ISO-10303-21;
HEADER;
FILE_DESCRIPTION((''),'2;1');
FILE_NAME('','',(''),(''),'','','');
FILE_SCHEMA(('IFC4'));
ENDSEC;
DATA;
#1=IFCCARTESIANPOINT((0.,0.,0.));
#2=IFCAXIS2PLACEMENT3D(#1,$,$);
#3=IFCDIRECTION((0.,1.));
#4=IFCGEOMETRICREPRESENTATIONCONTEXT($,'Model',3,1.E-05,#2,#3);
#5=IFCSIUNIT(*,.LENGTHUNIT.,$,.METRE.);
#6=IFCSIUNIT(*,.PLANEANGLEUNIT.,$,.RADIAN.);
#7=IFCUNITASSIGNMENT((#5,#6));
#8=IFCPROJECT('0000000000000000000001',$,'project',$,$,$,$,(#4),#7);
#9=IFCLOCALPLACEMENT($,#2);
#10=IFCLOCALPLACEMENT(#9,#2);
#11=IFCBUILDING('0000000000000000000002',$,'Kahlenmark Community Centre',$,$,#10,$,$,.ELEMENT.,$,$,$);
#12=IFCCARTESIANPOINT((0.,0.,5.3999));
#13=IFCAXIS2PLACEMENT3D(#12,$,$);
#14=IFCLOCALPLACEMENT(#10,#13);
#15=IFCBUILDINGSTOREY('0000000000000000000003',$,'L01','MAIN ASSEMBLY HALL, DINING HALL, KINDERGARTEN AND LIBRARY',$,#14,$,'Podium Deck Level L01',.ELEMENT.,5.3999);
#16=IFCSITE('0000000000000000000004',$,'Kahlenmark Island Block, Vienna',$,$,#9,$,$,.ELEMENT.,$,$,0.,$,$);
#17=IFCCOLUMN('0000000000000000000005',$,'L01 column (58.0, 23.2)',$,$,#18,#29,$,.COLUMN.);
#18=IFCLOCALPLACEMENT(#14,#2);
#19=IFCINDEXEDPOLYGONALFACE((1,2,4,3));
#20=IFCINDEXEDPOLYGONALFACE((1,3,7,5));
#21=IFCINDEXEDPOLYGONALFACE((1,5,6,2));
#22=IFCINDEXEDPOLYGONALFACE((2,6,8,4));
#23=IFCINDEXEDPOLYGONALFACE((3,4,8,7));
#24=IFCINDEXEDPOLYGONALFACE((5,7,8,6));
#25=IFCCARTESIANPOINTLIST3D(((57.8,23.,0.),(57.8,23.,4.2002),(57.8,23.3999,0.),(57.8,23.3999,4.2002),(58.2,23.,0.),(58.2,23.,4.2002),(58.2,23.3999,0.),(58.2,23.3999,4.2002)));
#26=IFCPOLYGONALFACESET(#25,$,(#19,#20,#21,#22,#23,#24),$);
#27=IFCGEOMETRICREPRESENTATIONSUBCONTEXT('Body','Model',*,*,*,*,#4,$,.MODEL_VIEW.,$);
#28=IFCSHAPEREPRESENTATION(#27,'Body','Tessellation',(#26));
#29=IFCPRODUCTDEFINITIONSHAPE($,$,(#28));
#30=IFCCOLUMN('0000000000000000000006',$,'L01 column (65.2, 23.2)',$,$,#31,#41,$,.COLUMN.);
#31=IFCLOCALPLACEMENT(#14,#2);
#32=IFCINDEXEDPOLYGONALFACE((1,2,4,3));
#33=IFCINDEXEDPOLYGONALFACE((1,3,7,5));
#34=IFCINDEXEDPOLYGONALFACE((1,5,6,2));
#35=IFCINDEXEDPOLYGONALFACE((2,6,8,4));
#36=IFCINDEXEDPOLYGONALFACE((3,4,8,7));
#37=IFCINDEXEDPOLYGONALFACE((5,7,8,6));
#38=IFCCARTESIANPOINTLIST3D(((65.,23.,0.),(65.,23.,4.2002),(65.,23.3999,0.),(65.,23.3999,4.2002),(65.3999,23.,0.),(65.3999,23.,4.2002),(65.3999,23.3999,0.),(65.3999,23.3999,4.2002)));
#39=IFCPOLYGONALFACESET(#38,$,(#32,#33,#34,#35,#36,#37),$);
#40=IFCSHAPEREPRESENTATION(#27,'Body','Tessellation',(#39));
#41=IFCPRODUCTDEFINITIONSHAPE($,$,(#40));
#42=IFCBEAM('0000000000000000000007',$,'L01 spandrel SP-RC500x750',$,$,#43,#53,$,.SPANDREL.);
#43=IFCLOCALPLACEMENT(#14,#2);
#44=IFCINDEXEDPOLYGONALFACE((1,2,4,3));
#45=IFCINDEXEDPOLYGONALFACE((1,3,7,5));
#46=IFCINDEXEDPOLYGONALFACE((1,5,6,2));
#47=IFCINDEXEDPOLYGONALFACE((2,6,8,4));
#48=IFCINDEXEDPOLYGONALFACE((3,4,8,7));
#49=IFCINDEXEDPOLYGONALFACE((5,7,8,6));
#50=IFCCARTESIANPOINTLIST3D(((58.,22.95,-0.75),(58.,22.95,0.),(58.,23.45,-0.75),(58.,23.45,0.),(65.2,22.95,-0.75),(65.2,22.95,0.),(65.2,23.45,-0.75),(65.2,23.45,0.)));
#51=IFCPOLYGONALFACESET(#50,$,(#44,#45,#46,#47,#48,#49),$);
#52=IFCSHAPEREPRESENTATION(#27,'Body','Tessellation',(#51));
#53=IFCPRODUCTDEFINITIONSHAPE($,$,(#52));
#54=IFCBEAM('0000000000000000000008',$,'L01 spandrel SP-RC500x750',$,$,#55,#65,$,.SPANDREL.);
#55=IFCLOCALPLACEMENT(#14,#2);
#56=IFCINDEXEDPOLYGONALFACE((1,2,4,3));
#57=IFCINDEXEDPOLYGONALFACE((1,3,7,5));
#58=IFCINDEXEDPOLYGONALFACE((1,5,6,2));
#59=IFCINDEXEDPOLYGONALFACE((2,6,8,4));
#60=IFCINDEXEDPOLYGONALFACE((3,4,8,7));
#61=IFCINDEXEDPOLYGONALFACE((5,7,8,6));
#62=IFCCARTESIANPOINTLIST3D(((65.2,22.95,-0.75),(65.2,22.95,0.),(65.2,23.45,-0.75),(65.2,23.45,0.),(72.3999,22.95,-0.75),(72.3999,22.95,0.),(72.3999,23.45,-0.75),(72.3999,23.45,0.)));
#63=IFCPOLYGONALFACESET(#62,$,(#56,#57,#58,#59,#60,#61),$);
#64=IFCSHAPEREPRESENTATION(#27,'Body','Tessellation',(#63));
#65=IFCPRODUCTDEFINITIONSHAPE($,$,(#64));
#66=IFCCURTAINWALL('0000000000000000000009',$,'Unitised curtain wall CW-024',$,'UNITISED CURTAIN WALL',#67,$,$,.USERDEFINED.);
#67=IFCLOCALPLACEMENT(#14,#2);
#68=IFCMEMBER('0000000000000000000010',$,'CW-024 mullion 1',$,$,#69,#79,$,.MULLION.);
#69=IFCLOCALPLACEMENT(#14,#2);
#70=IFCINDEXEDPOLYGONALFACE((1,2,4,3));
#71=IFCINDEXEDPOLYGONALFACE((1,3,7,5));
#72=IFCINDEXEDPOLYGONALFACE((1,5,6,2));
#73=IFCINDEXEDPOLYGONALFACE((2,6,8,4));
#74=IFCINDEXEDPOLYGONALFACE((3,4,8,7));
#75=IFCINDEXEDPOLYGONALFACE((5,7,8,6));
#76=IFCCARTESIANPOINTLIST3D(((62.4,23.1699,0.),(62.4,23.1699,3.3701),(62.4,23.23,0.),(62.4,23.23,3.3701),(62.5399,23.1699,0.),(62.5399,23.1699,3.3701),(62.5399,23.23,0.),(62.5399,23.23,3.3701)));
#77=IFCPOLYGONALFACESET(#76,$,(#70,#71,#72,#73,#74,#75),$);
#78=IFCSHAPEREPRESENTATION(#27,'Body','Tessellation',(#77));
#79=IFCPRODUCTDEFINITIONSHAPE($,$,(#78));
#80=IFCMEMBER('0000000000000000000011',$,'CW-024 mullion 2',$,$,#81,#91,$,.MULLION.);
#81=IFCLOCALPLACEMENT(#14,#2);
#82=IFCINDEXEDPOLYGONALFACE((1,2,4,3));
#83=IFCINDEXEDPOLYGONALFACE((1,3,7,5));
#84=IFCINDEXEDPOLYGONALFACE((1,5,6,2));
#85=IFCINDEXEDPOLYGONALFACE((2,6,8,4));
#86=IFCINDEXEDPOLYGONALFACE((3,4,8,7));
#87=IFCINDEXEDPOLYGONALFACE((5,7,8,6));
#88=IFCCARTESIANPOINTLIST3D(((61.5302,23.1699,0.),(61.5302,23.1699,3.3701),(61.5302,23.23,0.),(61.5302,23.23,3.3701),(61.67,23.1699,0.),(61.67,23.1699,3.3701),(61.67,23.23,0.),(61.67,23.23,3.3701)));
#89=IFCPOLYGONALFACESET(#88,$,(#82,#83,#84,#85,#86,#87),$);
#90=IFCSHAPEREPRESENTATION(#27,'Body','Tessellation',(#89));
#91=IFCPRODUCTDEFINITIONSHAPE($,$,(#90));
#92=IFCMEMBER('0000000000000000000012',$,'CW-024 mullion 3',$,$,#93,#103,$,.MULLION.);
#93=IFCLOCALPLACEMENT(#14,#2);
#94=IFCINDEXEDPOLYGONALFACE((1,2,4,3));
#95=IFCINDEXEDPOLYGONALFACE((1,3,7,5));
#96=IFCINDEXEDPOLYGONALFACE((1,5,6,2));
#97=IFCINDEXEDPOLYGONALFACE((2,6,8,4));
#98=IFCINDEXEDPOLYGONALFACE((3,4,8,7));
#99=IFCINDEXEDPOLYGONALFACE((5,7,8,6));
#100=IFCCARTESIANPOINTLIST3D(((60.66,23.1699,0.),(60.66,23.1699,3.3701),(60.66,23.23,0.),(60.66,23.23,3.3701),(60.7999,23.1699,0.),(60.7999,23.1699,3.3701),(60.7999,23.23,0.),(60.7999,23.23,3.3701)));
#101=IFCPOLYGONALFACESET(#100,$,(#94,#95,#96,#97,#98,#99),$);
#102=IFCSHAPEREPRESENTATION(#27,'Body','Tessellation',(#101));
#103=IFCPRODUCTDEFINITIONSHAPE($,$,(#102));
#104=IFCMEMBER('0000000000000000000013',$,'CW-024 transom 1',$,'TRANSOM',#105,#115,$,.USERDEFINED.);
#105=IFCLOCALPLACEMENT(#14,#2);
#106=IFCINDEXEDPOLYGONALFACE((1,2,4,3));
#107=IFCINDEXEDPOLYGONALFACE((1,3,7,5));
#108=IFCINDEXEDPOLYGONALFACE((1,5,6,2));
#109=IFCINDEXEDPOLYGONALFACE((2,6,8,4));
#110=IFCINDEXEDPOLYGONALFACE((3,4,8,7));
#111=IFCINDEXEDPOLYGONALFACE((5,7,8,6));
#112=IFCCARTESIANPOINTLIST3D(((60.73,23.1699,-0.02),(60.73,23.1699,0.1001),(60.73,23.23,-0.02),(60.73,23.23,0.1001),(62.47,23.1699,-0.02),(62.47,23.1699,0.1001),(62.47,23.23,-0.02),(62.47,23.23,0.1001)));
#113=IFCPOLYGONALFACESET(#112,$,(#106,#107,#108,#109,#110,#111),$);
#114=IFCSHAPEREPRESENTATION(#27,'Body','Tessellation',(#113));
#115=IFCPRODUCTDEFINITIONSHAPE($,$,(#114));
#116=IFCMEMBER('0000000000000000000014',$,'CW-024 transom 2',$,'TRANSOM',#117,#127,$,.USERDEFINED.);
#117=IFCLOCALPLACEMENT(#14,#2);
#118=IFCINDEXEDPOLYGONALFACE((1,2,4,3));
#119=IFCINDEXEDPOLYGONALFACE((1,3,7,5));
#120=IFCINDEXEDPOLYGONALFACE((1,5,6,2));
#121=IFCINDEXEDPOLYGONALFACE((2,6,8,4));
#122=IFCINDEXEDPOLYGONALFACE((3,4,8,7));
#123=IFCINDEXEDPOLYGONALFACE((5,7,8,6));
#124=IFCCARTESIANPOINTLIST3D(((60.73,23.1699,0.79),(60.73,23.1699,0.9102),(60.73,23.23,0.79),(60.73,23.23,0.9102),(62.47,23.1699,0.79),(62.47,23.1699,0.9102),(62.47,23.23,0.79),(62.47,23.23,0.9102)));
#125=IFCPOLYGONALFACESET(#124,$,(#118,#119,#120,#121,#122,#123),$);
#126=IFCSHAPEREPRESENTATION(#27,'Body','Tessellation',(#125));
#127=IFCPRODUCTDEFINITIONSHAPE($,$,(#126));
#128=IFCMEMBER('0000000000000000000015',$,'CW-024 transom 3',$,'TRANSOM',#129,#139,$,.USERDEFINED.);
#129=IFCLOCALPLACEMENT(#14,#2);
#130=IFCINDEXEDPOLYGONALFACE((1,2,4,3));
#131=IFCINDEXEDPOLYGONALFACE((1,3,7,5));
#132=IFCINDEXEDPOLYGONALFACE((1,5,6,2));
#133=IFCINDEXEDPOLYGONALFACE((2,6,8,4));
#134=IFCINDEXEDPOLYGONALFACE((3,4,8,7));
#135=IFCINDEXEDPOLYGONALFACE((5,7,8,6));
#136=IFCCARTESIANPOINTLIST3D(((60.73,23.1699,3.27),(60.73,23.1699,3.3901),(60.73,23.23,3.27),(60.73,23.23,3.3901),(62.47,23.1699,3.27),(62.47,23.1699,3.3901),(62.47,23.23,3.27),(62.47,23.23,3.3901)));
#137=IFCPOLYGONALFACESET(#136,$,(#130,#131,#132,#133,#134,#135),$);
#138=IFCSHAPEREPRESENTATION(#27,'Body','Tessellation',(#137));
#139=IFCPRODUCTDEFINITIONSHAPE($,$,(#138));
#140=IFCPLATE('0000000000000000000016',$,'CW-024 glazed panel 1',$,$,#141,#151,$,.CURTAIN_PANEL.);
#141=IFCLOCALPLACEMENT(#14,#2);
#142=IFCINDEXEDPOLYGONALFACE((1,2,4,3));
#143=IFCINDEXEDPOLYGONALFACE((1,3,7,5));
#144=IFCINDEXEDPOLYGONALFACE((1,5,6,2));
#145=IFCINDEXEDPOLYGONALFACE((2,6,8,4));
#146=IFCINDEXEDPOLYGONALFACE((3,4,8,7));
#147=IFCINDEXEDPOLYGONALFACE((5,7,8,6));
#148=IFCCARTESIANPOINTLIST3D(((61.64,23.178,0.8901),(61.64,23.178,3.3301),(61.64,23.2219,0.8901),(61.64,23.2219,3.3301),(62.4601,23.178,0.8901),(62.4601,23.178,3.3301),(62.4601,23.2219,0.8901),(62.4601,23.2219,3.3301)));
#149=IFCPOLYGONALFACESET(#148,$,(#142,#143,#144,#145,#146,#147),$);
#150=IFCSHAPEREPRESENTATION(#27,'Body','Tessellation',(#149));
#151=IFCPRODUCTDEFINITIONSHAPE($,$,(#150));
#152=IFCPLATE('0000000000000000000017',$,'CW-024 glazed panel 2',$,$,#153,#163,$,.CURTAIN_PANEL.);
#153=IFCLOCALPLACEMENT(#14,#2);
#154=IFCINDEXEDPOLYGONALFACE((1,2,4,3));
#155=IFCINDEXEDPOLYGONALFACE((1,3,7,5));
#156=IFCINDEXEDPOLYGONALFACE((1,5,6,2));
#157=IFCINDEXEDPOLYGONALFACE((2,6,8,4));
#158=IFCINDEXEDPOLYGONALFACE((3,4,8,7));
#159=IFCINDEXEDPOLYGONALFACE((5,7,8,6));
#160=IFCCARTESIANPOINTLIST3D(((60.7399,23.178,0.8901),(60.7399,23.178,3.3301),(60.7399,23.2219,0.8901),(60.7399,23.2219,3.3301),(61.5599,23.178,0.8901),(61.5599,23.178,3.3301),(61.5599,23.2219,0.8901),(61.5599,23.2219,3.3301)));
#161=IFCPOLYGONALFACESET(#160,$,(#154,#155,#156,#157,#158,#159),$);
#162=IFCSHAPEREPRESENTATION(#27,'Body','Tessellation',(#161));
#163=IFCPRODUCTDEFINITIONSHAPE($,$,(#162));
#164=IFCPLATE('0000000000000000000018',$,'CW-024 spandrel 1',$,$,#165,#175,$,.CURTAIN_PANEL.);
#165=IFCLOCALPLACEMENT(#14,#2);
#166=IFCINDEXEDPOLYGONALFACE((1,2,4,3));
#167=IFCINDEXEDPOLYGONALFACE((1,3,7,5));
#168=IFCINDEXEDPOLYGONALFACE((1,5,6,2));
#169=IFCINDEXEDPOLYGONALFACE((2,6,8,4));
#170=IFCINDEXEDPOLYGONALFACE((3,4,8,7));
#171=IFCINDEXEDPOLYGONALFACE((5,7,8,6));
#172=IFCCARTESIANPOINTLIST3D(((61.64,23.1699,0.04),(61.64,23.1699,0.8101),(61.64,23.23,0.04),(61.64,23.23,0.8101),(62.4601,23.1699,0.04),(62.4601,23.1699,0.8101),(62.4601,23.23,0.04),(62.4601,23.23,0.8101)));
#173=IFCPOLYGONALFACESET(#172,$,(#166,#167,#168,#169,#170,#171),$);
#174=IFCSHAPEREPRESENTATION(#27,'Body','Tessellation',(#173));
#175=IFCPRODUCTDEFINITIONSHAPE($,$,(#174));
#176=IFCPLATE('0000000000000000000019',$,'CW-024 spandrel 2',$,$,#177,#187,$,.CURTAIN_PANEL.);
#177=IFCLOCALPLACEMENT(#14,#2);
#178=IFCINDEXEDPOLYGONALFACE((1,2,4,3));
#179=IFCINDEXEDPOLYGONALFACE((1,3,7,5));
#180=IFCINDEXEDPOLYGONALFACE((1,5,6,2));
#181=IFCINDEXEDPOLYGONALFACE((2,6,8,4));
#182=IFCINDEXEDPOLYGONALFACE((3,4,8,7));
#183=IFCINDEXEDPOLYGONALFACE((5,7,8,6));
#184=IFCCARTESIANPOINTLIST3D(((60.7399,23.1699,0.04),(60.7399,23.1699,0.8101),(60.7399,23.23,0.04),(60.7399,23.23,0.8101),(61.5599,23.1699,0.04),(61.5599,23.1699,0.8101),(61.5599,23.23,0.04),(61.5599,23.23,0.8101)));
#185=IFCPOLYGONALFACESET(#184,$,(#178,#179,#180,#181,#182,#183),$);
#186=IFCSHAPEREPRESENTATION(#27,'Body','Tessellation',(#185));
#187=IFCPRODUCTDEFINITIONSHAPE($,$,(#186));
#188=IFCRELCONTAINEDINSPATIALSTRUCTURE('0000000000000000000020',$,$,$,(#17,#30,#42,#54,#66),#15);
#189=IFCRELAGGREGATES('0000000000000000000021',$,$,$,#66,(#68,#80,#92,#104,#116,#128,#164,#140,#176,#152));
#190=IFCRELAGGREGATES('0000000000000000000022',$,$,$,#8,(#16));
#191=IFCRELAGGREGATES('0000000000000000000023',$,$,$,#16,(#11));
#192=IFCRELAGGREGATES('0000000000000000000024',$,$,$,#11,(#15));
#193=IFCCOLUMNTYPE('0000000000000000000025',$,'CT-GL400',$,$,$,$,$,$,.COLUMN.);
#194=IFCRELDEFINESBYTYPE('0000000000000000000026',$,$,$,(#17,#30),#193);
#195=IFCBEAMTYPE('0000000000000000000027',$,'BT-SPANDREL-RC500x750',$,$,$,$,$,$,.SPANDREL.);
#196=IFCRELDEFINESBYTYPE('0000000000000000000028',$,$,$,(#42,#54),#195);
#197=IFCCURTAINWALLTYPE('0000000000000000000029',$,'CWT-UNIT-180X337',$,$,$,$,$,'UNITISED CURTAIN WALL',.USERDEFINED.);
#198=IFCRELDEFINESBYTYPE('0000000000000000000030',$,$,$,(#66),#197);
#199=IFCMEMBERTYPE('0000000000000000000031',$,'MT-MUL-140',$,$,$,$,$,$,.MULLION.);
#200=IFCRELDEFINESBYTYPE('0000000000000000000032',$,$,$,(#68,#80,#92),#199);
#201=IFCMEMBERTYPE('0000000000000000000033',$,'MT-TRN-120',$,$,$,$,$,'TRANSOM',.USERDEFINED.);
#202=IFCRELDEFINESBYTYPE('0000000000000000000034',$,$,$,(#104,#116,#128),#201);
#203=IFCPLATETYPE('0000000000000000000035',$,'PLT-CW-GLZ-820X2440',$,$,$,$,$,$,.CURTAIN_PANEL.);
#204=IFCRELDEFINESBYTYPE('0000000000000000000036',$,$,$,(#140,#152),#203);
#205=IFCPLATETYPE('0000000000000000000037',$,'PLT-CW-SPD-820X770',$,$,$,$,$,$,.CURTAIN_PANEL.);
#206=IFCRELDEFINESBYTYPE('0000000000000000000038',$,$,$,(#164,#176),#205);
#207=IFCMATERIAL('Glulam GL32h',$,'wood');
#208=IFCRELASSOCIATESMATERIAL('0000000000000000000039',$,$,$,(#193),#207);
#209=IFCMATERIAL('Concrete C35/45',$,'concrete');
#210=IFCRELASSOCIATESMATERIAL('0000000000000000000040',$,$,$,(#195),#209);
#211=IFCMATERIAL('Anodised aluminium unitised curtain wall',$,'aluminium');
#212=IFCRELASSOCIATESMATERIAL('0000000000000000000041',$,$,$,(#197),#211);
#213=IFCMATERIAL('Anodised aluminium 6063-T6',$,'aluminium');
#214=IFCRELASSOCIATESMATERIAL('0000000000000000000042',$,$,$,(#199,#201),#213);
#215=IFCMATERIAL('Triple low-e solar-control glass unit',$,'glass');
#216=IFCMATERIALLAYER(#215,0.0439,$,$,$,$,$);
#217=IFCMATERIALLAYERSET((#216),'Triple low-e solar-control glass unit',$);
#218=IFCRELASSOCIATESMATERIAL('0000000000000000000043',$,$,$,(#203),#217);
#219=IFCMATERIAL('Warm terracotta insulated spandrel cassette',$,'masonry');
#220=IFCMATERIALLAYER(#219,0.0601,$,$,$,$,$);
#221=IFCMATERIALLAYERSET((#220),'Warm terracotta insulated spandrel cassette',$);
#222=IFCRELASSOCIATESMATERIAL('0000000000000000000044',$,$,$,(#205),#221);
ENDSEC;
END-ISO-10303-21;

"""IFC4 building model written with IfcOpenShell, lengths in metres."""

from ifc_helpers import new_model, si_unit, direction, frame, origin, origin_2d, place, context, subcontext, project, spatial, rectangle, extrude, material, layer, layer_set, material_profile, profile_set, type_object, element, aggregate, save


model = new_model("IFC4")

# Units and contexts
model_context = context("Model", 3, precision=1e-05, world=origin(), true_north=direction((0.0, 1.0)))
body_context = subcontext(model_context, "Body", "Model", "MODEL_VIEW")
ifc_project = project(units=[si_unit("LENGTHUNIT", "METRE"), si_unit("PLANEANGLEUNIT", "RADIAN")], contexts=[model_context])

# Site, building, storey
site_placement = place(None, origin())
site = spatial("IfcSite", under=ifc_project, at=site_placement, Name="Kahlenmark Island Block, Vienna", CompositionType="ELEMENT", RefElevation=0.0)
building_placement = place(site_placement, origin())
building = spatial("IfcBuilding", under=site, at=building_placement, Name="Kahlenmark Community Centre", CompositionType="ELEMENT")
storey_placement = place(building_placement, frame((0.0, 0.0, 5.3999)))
storey = spatial("IfcBuildingStorey", under=building, at=storey_placement, Name="L01", Description="MAIN ASSEMBLY HALL, DINING HALL, KINDERGARTEN AND LIBRARY", LongName="Podium Deck Level L01", CompositionType="ELEMENT", Elevation=5.3999)

# Columns
ifc_material_1 = material(Name="Glulam GL32h", Category="wood")
ifc_material_profile_1 = material_profile(ifc_material_1, rectangle(XDim=0.3999, YDim=0.3999, at=origin_2d()), Name="GL32h 400x400")
ifc_profile_set_1 = profile_set([ifc_material_profile_1], Name="Glulam GL32h")
column_type = type_object("IfcColumnType", Name="CT-GL400", PredefinedType="COLUMN", material=ifc_profile_set_1)
for number, where, z_axis, x_axis, name in (
    (1, (58.0, 23.2, 0.0), (0.0, 0.0, 1.0), (1.0, 0.0, 0.0), "L01 column (58.0, 23.2)"),
    (2, (65.2, 23.2, 0.0), (0.0, 0.0, 1.0), (1.0, 0.0, 0.0), "L01 column (65.2, 23.2)"),
):
    element("IfcColumn", number, at=place(storey_placement, frame(where, z_axis=z_axis, x_axis=x_axis)), inside=storey, type_object=column_type, Name=name, PredefinedType="COLUMN", context=body_context, shape_type="SweptSolid", body=[
        extrude(rectangle(XDim=0.3999, YDim=0.3999, at=origin_2d()), origin(), (0.0, 0.0, 1.0), 4.2002),
    ])

# Beams
ifc_material_2 = material(Name="Concrete C35/45", Category="concrete")
ifc_material_profile_2 = material_profile(ifc_material_2, rectangle(XDim=0.5, YDim=0.75, at=origin_2d()), Name="RC 500x750")
ifc_profile_set_2 = profile_set([ifc_material_profile_2], Name="Concrete C35/45")
beam_type = type_object("IfcBeamType", Name="BT-SPANDREL-RC500x750", PredefinedType="SPANDREL", material=ifc_profile_set_2)
for number, where, z_axis, x_axis, name in (
    (3, (58.0, 23.2, -0.375), (1.0, 0.0, 0.0), (0.0, 1.0, 0.0), "L01 spandrel SP-RC500x750"),
    (4, (65.2, 23.2, -0.375), (1.0, 0.0, 0.0), (0.0, 1.0, 0.0), "L01 spandrel SP-RC500x750"),
):
    element("IfcBeam", number, at=place(storey_placement, frame(where, z_axis=z_axis, x_axis=x_axis)), inside=storey, type_object=beam_type, Name=name, PredefinedType="SPANDREL", context=body_context, shape_type="SweptSolid", body=[
        extrude(rectangle(XDim=0.5, YDim=0.75, at=origin_2d()), origin(), (0.0, 0.0, 1.0), 7.2),
    ])

# Curtain wall, members, plates
ifc_material_3 = material(Name="Anodised aluminium unitised curtain wall", Category="aluminium")
curtain_wall_type = type_object("IfcCurtainWallType", Name="CWT-UNIT-180X337", ElementType="UNITISED CURTAIN WALL", PredefinedType="USERDEFINED", material=ifc_material_3)
curtain_wall_placement = place(storey_placement, origin())
curtain_wall = element("IfcCurtainWall", 5, at=curtain_wall_placement, inside=storey, type_object=curtain_wall_type, Name="Unitised curtain wall CW-024", ObjectType="UNITISED CURTAIN WALL", PredefinedType="USERDEFINED")
ifc_material_4 = material(Name="Anodised aluminium 6063-T6", Category="aluminium")
ifc_material_profile_3 = material_profile(ifc_material_4, rectangle(XDim=0.0601, YDim=0.1399, at=origin_2d()), Name="ALU MULLION 60x140")
ifc_profile_set_3 = profile_set([ifc_material_profile_3], Name="Anodised aluminium 6063-T6")
member_type_1 = type_object("IfcMemberType", Name="MT-MUL-140", PredefinedType="MULLION", material=ifc_profile_set_3)
member_1_placement = place(storey_placement, frame((62.47, 23.2, 0.0), z_axis=(0.0, 0.0, 1.0), x_axis=(0.0, -1.0, 0.0)))
member_1 = element("IfcMember", 6, at=member_1_placement, type_object=member_type_1, Name="CW-024 mullion 1", PredefinedType="MULLION", context=body_context, shape_type="SweptSolid", body=[
    extrude(rectangle(XDim=0.0601, YDim=0.1399, at=origin_2d()), origin(), (0.0, 0.0, 1.0), 3.3701),
])
member_2_placement = place(storey_placement, frame((61.6001, 23.2, 0.0), z_axis=(0.0, 0.0, 1.0), x_axis=(0.0, -1.0, 0.0)))
member_2 = element("IfcMember", 7, at=member_2_placement, type_object=member_type_1, Name="CW-024 mullion 2", PredefinedType="MULLION", context=body_context, shape_type="SweptSolid", body=[
    extrude(rectangle(XDim=0.0601, YDim=0.1399, at=origin_2d()), origin(), (0.0, 0.0, 1.0), 3.3701),
])
member_3_placement = place(storey_placement, frame((60.73, 23.2, 0.0), z_axis=(0.0, 0.0, 1.0), x_axis=(0.0, -1.0, 0.0)))
member_3 = element("IfcMember", 8, at=member_3_placement, type_object=member_type_1, Name="CW-024 mullion 3", PredefinedType="MULLION", context=body_context, shape_type="SweptSolid", body=[
    extrude(rectangle(XDim=0.0601, YDim=0.1399, at=origin_2d()), origin(), (0.0, 0.0, 1.0), 3.3701),
])
ifc_material_profile_4 = material_profile(ifc_material_4, rectangle(XDim=0.0601, YDim=0.1201, at=origin_2d()), Name="ALU TRANSOM 60x120")
ifc_profile_set_4 = profile_set([ifc_material_profile_4], Name="Anodised aluminium 6063-T6")
member_type_2 = type_object("IfcMemberType", Name="MT-TRN-120", ElementType="TRANSOM", PredefinedType="USERDEFINED", material=ifc_profile_set_4)
member_4_placement = place(storey_placement, frame((62.47, 23.2, 0.04), z_axis=(-1.0, 0.0, 0.0), x_axis=(0.0, -1.0, 0.0)))
member_4 = element("IfcMember", 9, at=member_4_placement, type_object=member_type_2, Name="CW-024 transom 1", ObjectType="TRANSOM", PredefinedType="USERDEFINED", context=body_context, shape_type="SweptSolid", body=[
    extrude(rectangle(XDim=0.0601, YDim=0.1201, at=origin_2d()), origin(), (0.0, 0.0, 1.0), 1.74),
])
member_5_placement = place(storey_placement, frame((62.47, 23.2, 0.8501), z_axis=(-1.0, 0.0, 0.0), x_axis=(0.0, -1.0, 0.0)))
member_5 = element("IfcMember", 10, at=member_5_placement, type_object=member_type_2, Name="CW-024 transom 2", ObjectType="TRANSOM", PredefinedType="USERDEFINED", context=body_context, shape_type="SweptSolid", body=[
    extrude(rectangle(XDim=0.0601, YDim=0.1201, at=origin_2d()), origin(), (0.0, 0.0, 1.0), 1.74),
])
member_6_placement = place(storey_placement, frame((62.47, 23.2, 3.3301), z_axis=(-1.0, 0.0, 0.0), x_axis=(0.0, -1.0, 0.0)))
member_6 = element("IfcMember", 11, at=member_6_placement, type_object=member_type_2, Name="CW-024 transom 3", ObjectType="TRANSOM", PredefinedType="USERDEFINED", context=body_context, shape_type="SweptSolid", body=[
    extrude(rectangle(XDim=0.0601, YDim=0.1201, at=origin_2d()), origin(), (0.0, 0.0, 1.0), 1.74),
])
ifc_material_5 = material(Name="Triple low-e solar-control glass unit", Category="glass")
ifc_layer_1 = layer(ifc_material_5, 0.0439)
ifc_layer_set_1 = layer_set([ifc_layer_1], Name="Triple low-e solar-control glass unit")
plate_type_1 = type_object("IfcPlateType", Name="PLT-CW-GLZ-820X2440", PredefinedType="CURTAIN_PANEL", material=ifc_layer_set_1)
plate_1_placement = place(storey_placement, frame((62.05, 23.2, 0.8901), z_axis=(0.0, 0.0, 1.0), x_axis=(-1.0, 0.0, 0.0)))
plate_1 = element("IfcPlate", 12, at=plate_1_placement, type_object=plate_type_1, Name="CW-024 glazed panel 1", PredefinedType="CURTAIN_PANEL", context=body_context, shape_type="SweptSolid", body=[
    extrude(rectangle(XDim=0.8201, YDim=0.0439, at=origin_2d()), origin(), (0.0, 0.0, 1.0), 2.4399),
])
plate_2_placement = place(storey_placement, frame((61.1499, 23.2, 0.8901), z_axis=(0.0, 0.0, 1.0), x_axis=(-1.0, 0.0, 0.0)))
plate_2 = element("IfcPlate", 13, at=plate_2_placement, type_object=plate_type_1, Name="CW-024 glazed panel 2", PredefinedType="CURTAIN_PANEL", context=body_context, shape_type="SweptSolid", body=[
    extrude(rectangle(XDim=0.8201, YDim=0.0439, at=origin_2d()), origin(), (0.0, 0.0, 1.0), 2.4399),
])
ifc_material_6 = material(Name="Warm terracotta insulated spandrel cassette", Category="masonry")
ifc_layer_2 = layer(ifc_material_6, 0.0601)
ifc_layer_set_2 = layer_set([ifc_layer_2], Name="Warm terracotta insulated spandrel cassette")
plate_type_2 = type_object("IfcPlateType", Name="PLT-CW-SPD-820X770", PredefinedType="CURTAIN_PANEL", material=ifc_layer_set_2)
plate_3_placement = place(storey_placement, frame((62.05, 23.2, 0.04), z_axis=(0.0, 0.0, 1.0), x_axis=(-1.0, 0.0, 0.0)))
plate_3 = element("IfcPlate", 14, at=plate_3_placement, type_object=plate_type_2, Name="CW-024 spandrel 1", PredefinedType="CURTAIN_PANEL", context=body_context, shape_type="SweptSolid", body=[
    extrude(rectangle(XDim=0.8201, YDim=0.0601, at=origin_2d()), origin(), (0.0, 0.0, 1.0), 0.77),
])
plate_4_placement = place(storey_placement, frame((61.1499, 23.2, 0.04), z_axis=(0.0, 0.0, 1.0), x_axis=(-1.0, 0.0, 0.0)))
plate_4 = element("IfcPlate", 15, at=plate_4_placement, type_object=plate_type_2, Name="CW-024 spandrel 2", PredefinedType="CURTAIN_PANEL", context=body_context, shape_type="SweptSolid", body=[
    extrude(rectangle(XDim=0.8201, YDim=0.0601, at=origin_2d()), origin(), (0.0, 0.0, 1.0), 0.77),
])
aggregate(curtain_wall, [member_1, member_2, member_3, member_4, member_5, member_6, plate_3, plate_1, plate_4, plate_2])

save(model, "model.ifc")
